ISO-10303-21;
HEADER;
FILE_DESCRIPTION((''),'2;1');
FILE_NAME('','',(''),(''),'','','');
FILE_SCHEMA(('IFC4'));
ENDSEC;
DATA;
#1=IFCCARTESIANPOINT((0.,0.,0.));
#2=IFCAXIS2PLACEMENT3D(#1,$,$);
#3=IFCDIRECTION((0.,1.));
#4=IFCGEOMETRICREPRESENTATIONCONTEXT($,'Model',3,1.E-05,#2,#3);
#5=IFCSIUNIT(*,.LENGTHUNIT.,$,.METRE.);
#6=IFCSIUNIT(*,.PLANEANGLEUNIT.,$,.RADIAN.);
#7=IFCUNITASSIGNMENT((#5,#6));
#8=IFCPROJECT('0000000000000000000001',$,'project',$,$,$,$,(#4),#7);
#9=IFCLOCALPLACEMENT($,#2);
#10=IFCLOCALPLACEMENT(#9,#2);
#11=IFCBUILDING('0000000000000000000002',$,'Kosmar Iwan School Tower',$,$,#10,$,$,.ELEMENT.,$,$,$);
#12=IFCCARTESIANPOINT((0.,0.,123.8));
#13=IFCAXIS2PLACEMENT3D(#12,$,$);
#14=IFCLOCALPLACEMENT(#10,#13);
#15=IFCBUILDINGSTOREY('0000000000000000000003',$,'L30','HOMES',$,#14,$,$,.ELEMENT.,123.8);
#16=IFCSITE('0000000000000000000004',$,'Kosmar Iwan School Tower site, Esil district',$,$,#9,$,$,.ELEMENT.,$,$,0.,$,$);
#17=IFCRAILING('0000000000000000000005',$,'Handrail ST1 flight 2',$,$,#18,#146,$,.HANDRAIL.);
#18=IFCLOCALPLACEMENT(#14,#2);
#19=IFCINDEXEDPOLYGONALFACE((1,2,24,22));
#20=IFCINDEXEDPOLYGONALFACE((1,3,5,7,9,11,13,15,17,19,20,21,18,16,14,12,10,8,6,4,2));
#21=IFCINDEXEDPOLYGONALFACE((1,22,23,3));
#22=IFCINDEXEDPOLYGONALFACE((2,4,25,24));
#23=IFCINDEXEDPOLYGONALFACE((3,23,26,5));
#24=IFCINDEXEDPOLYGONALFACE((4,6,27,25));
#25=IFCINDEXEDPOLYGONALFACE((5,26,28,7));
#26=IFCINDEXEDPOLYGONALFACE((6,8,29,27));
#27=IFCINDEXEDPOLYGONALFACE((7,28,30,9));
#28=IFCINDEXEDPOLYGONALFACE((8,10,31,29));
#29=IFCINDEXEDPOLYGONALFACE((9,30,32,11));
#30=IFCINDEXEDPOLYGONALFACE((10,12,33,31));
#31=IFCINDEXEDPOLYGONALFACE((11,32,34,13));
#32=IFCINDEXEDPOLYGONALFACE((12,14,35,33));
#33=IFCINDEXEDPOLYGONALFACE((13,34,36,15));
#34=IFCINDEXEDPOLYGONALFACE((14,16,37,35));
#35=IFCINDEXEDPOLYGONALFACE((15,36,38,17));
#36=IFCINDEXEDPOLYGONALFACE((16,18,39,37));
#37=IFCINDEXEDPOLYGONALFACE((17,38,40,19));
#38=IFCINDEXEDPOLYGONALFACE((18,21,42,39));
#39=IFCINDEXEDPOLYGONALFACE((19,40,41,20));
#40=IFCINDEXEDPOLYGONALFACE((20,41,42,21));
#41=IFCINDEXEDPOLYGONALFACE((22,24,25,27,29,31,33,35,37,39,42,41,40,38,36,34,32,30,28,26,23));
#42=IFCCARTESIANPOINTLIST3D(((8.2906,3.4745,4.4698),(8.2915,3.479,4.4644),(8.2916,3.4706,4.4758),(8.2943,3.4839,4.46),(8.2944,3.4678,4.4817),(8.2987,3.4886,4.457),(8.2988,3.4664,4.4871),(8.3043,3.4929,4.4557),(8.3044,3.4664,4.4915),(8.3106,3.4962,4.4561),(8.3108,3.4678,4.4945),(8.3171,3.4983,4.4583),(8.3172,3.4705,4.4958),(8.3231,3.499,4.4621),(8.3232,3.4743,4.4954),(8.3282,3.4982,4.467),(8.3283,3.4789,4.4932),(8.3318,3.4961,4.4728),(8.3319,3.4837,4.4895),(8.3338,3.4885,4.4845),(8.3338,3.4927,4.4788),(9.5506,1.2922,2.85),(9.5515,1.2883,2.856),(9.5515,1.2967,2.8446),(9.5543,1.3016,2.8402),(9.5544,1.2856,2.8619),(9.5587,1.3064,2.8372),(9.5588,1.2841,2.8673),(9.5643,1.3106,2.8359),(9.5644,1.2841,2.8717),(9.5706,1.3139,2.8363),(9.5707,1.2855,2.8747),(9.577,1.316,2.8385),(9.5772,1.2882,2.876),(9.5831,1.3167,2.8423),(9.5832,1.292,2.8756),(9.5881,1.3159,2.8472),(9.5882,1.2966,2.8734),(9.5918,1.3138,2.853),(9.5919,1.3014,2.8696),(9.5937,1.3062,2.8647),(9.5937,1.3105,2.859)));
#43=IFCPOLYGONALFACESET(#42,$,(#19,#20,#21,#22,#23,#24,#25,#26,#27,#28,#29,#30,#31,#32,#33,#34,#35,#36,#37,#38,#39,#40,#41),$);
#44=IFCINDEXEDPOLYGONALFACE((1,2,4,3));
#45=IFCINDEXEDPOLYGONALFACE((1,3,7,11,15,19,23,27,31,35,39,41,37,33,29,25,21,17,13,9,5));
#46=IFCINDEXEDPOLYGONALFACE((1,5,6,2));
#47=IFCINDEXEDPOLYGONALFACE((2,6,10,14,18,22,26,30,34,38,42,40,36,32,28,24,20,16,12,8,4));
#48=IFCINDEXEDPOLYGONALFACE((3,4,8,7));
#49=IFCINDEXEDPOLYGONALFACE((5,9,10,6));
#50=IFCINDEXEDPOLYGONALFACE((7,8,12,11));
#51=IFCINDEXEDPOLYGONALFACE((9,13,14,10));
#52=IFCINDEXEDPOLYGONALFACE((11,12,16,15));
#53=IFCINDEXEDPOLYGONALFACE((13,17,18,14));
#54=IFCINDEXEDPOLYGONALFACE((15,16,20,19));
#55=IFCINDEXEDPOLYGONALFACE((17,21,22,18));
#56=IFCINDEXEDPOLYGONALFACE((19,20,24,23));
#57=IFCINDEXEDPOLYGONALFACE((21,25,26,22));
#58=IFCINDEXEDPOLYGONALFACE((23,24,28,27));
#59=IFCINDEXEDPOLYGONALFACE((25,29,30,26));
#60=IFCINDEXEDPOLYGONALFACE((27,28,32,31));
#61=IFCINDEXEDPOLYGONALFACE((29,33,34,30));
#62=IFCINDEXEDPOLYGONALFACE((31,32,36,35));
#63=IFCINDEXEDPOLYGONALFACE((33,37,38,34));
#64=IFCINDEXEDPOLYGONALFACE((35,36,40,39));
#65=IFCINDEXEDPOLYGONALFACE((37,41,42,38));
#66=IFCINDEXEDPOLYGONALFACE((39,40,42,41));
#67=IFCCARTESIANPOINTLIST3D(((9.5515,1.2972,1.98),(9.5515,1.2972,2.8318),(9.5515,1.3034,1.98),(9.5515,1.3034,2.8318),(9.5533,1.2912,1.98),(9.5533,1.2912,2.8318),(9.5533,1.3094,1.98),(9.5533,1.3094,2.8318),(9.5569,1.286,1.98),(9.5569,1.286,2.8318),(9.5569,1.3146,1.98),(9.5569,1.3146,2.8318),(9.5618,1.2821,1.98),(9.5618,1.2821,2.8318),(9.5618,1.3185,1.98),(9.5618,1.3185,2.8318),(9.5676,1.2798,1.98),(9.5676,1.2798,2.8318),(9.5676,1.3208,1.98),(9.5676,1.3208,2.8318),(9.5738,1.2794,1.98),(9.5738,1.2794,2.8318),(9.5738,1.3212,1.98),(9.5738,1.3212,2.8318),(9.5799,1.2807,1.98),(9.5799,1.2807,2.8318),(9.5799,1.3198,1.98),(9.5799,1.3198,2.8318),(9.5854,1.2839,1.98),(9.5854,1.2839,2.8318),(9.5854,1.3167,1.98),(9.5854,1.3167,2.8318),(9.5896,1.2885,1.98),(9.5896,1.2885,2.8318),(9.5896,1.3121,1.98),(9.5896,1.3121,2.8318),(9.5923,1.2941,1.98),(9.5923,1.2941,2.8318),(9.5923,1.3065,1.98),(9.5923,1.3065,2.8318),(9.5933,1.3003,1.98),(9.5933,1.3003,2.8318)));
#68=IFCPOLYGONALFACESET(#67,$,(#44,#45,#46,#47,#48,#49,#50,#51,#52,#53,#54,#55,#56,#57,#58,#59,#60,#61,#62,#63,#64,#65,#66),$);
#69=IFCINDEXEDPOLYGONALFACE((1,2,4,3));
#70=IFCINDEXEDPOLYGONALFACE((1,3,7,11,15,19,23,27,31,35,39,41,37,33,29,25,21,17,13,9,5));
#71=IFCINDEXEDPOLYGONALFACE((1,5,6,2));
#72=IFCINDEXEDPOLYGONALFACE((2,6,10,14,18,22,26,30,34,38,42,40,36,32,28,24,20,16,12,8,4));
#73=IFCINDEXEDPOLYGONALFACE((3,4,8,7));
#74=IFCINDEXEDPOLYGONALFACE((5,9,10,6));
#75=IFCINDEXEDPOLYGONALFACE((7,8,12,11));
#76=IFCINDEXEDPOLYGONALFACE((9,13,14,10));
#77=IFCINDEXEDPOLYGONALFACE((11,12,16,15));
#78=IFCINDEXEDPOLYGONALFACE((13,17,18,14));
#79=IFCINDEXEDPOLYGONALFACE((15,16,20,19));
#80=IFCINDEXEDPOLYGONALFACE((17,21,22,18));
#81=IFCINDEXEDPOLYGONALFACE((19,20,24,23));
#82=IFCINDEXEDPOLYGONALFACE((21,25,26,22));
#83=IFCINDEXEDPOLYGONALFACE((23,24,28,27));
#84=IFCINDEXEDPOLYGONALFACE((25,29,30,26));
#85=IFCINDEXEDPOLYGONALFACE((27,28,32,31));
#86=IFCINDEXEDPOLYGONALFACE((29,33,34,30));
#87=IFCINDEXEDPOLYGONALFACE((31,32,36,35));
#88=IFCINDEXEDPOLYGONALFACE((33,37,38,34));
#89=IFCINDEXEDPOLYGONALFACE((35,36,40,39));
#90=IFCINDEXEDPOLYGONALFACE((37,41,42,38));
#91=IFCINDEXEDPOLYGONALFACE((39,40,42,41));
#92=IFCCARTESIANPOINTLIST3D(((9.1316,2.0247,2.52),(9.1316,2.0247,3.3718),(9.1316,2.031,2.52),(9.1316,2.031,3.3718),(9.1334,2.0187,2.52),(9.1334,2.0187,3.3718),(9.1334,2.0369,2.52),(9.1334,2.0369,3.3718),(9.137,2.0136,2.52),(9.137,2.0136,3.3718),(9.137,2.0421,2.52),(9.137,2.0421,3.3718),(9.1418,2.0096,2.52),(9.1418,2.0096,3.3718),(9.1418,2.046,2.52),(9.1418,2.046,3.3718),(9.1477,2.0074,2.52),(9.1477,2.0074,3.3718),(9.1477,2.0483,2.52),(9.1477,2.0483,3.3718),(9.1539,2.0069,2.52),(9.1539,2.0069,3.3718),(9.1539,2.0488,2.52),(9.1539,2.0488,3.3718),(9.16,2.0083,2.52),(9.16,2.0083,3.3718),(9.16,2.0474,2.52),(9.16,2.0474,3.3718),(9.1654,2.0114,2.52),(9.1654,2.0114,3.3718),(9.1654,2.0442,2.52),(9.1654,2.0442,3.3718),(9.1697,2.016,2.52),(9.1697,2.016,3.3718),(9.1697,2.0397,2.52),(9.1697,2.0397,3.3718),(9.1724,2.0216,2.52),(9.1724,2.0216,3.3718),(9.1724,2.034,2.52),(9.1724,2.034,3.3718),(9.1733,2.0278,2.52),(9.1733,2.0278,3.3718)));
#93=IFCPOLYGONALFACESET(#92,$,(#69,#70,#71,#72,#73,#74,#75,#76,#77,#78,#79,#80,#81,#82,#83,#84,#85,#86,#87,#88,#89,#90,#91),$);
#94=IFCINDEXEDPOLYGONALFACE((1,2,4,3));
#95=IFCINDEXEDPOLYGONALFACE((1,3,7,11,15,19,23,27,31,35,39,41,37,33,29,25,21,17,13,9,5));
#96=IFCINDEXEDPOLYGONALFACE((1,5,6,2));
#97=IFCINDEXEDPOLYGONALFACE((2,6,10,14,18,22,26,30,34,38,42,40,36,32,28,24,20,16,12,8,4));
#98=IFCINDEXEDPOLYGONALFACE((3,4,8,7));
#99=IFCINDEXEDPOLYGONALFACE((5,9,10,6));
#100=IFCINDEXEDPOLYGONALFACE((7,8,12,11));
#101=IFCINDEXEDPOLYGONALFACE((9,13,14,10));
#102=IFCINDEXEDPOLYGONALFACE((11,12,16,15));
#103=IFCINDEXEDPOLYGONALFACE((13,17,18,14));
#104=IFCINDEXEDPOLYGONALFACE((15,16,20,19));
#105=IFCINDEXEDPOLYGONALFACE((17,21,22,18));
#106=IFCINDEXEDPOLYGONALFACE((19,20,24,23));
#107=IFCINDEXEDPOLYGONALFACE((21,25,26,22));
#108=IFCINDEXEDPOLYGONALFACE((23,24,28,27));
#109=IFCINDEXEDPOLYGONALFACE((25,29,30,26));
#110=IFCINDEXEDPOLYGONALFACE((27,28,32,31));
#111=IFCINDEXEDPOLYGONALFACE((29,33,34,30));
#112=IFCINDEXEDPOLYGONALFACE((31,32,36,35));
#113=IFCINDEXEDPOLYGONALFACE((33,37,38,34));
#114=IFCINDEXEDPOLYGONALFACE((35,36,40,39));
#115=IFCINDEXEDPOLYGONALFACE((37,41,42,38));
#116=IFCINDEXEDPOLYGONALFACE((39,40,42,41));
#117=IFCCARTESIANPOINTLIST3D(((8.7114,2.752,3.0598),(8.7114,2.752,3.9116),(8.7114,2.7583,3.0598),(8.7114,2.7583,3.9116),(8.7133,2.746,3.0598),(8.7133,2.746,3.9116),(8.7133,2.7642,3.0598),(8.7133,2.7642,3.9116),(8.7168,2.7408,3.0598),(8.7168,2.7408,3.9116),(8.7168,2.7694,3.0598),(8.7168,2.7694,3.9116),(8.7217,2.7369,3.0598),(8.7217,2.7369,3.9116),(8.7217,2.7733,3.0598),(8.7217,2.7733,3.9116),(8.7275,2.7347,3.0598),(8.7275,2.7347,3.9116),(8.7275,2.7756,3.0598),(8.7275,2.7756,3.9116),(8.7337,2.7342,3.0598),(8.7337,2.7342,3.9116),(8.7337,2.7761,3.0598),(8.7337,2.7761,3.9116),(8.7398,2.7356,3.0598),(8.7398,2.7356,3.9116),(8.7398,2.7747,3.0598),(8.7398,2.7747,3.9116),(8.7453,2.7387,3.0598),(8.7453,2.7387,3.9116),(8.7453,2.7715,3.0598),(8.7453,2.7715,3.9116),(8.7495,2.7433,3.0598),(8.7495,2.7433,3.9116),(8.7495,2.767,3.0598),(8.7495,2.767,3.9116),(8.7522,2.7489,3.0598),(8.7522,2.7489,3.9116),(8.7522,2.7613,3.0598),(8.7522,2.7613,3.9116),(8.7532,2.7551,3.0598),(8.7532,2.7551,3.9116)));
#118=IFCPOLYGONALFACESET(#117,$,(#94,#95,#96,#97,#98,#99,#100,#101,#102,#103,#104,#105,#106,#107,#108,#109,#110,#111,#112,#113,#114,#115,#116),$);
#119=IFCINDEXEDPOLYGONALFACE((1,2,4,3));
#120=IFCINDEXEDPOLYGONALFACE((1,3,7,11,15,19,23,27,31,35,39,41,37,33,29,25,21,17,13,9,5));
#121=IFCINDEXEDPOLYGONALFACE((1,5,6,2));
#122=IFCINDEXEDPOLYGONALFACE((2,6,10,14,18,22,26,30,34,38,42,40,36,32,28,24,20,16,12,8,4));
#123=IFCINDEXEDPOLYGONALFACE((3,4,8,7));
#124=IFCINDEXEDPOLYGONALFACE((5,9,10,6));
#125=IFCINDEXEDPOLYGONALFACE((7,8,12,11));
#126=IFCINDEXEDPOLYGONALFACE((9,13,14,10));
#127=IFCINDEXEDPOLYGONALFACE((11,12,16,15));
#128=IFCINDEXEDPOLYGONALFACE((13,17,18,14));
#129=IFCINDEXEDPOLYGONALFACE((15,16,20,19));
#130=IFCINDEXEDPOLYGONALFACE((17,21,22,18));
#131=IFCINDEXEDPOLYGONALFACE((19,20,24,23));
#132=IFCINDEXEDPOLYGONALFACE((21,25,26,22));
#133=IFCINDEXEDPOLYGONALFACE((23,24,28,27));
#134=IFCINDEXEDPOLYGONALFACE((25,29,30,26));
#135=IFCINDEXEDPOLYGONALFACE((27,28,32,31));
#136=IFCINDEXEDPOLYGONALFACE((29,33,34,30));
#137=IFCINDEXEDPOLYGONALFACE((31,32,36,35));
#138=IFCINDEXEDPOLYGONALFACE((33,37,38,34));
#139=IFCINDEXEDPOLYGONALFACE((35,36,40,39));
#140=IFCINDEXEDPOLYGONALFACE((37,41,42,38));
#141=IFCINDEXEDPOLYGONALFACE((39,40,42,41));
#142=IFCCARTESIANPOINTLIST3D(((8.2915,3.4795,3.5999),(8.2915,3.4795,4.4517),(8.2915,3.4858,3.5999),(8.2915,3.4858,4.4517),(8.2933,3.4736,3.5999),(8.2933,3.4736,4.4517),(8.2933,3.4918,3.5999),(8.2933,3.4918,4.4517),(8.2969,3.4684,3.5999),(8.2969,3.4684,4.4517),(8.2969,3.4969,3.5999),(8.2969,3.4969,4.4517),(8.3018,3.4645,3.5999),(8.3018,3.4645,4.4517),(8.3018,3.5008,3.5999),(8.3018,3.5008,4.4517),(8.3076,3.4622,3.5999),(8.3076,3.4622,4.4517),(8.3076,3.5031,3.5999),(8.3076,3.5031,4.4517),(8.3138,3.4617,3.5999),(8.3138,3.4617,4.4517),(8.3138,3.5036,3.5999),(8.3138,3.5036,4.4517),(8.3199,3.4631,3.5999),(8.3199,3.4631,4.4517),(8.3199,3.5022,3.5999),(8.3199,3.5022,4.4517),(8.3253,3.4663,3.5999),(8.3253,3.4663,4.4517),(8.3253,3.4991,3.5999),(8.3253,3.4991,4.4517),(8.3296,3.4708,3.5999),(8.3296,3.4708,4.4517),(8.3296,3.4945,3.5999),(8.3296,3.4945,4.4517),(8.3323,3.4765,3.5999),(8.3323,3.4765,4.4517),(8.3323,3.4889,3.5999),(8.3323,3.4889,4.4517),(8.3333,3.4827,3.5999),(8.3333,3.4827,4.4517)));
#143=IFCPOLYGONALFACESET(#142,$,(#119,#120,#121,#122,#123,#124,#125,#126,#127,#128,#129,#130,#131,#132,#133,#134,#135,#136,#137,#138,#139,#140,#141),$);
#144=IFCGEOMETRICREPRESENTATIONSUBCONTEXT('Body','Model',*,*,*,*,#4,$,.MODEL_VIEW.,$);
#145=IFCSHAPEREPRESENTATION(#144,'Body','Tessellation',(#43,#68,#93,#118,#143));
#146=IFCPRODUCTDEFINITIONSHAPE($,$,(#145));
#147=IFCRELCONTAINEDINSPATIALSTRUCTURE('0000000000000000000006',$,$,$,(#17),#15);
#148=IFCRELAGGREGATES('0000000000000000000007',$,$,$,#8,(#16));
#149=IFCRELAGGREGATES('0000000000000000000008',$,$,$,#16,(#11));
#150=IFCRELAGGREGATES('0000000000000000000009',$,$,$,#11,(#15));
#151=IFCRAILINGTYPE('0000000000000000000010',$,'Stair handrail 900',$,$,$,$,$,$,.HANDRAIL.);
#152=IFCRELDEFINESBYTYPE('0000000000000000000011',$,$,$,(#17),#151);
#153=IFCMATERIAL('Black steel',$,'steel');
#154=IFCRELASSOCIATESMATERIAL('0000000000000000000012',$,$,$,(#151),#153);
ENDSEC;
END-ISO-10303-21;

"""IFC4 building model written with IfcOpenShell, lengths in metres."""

from ifc_helpers import new_model, si_unit, direction, frame, origin, origin_2d, place, context, subcontext, project, spatial, circle, extrude, material, type_object, element, save


model = new_model("IFC4")

# Units and contexts
model_context = context("Model", 3, precision=1e-05, world=origin(), true_north=direction((0.0, 1.0)))
body_context = subcontext(model_context, "Body", "Model", "MODEL_VIEW")
ifc_project = project(units=[si_unit("LENGTHUNIT", "METRE"), si_unit("PLANEANGLEUNIT", "RADIAN")], contexts=[model_context])

# Site, building, storey
site_placement = place(None, origin())
site = spatial("IfcSite", under=ifc_project, at=site_placement, Name="Kosmar Iwan School Tower site, Esil district", CompositionType="ELEMENT", RefElevation=0.0)
building_placement = place(site_placement, origin())
building = spatial("IfcBuilding", under=site, at=building_placement, Name="Kosmar Iwan School Tower", CompositionType="ELEMENT")
storey_placement = place(building_placement, frame((0.0, 0.0, 123.8)))
storey = spatial("IfcBuildingStorey", under=building, at=storey_placement, Name="L30", Description="HOMES", CompositionType="ELEMENT", Elevation=123.8)

# Railing
ifc_material_1 = material(Name="Black steel", Category="steel")
railing_type = type_object("IfcRailingType", Name="Stair handrail 900", PredefinedType="HANDRAIL", material=ifc_material_1)
railing_placement = place(storey_placement, frame((9.5723, 1.3003, 1.98)))
element("IfcRailing", 1, at=railing_placement, inside=storey, type_object=railing_type, Name="Handrail ST1 flight 2", PredefinedType="HANDRAIL", context=body_context, shape_type="SweptSolid", body=[
    extrude(circle(Radius=0.0239, at=origin_2d()), frame((0.0, 0.0, 0.876), z_axis=(-0.420603, 0.728496, 0.540728), x_axis=(-0.866023, -0.500005, 0.0)), (0.0, 0.0, 1.0), 2.9956),
    extrude(circle(Radius=0.021, at=origin_2d()), origin(), (0.0, 0.0, 1.0), 0.8518),
    extrude(circle(Radius=0.021, at=origin_2d()), frame((-0.4199, 0.7275, 0.54)), (0.0, 0.0, 1.0), 0.8518),
    extrude(circle(Radius=0.021, at=origin_2d()), frame((-0.8401, 1.4548, 1.0798)), (0.0, 0.0, 1.0), 0.8518),
    extrude(circle(Radius=0.021, at=origin_2d()), frame((-1.26, 2.1824, 1.6199)), (0.0, 0.0, 1.0), 0.8518),
])

save(model, "model.ifc")
